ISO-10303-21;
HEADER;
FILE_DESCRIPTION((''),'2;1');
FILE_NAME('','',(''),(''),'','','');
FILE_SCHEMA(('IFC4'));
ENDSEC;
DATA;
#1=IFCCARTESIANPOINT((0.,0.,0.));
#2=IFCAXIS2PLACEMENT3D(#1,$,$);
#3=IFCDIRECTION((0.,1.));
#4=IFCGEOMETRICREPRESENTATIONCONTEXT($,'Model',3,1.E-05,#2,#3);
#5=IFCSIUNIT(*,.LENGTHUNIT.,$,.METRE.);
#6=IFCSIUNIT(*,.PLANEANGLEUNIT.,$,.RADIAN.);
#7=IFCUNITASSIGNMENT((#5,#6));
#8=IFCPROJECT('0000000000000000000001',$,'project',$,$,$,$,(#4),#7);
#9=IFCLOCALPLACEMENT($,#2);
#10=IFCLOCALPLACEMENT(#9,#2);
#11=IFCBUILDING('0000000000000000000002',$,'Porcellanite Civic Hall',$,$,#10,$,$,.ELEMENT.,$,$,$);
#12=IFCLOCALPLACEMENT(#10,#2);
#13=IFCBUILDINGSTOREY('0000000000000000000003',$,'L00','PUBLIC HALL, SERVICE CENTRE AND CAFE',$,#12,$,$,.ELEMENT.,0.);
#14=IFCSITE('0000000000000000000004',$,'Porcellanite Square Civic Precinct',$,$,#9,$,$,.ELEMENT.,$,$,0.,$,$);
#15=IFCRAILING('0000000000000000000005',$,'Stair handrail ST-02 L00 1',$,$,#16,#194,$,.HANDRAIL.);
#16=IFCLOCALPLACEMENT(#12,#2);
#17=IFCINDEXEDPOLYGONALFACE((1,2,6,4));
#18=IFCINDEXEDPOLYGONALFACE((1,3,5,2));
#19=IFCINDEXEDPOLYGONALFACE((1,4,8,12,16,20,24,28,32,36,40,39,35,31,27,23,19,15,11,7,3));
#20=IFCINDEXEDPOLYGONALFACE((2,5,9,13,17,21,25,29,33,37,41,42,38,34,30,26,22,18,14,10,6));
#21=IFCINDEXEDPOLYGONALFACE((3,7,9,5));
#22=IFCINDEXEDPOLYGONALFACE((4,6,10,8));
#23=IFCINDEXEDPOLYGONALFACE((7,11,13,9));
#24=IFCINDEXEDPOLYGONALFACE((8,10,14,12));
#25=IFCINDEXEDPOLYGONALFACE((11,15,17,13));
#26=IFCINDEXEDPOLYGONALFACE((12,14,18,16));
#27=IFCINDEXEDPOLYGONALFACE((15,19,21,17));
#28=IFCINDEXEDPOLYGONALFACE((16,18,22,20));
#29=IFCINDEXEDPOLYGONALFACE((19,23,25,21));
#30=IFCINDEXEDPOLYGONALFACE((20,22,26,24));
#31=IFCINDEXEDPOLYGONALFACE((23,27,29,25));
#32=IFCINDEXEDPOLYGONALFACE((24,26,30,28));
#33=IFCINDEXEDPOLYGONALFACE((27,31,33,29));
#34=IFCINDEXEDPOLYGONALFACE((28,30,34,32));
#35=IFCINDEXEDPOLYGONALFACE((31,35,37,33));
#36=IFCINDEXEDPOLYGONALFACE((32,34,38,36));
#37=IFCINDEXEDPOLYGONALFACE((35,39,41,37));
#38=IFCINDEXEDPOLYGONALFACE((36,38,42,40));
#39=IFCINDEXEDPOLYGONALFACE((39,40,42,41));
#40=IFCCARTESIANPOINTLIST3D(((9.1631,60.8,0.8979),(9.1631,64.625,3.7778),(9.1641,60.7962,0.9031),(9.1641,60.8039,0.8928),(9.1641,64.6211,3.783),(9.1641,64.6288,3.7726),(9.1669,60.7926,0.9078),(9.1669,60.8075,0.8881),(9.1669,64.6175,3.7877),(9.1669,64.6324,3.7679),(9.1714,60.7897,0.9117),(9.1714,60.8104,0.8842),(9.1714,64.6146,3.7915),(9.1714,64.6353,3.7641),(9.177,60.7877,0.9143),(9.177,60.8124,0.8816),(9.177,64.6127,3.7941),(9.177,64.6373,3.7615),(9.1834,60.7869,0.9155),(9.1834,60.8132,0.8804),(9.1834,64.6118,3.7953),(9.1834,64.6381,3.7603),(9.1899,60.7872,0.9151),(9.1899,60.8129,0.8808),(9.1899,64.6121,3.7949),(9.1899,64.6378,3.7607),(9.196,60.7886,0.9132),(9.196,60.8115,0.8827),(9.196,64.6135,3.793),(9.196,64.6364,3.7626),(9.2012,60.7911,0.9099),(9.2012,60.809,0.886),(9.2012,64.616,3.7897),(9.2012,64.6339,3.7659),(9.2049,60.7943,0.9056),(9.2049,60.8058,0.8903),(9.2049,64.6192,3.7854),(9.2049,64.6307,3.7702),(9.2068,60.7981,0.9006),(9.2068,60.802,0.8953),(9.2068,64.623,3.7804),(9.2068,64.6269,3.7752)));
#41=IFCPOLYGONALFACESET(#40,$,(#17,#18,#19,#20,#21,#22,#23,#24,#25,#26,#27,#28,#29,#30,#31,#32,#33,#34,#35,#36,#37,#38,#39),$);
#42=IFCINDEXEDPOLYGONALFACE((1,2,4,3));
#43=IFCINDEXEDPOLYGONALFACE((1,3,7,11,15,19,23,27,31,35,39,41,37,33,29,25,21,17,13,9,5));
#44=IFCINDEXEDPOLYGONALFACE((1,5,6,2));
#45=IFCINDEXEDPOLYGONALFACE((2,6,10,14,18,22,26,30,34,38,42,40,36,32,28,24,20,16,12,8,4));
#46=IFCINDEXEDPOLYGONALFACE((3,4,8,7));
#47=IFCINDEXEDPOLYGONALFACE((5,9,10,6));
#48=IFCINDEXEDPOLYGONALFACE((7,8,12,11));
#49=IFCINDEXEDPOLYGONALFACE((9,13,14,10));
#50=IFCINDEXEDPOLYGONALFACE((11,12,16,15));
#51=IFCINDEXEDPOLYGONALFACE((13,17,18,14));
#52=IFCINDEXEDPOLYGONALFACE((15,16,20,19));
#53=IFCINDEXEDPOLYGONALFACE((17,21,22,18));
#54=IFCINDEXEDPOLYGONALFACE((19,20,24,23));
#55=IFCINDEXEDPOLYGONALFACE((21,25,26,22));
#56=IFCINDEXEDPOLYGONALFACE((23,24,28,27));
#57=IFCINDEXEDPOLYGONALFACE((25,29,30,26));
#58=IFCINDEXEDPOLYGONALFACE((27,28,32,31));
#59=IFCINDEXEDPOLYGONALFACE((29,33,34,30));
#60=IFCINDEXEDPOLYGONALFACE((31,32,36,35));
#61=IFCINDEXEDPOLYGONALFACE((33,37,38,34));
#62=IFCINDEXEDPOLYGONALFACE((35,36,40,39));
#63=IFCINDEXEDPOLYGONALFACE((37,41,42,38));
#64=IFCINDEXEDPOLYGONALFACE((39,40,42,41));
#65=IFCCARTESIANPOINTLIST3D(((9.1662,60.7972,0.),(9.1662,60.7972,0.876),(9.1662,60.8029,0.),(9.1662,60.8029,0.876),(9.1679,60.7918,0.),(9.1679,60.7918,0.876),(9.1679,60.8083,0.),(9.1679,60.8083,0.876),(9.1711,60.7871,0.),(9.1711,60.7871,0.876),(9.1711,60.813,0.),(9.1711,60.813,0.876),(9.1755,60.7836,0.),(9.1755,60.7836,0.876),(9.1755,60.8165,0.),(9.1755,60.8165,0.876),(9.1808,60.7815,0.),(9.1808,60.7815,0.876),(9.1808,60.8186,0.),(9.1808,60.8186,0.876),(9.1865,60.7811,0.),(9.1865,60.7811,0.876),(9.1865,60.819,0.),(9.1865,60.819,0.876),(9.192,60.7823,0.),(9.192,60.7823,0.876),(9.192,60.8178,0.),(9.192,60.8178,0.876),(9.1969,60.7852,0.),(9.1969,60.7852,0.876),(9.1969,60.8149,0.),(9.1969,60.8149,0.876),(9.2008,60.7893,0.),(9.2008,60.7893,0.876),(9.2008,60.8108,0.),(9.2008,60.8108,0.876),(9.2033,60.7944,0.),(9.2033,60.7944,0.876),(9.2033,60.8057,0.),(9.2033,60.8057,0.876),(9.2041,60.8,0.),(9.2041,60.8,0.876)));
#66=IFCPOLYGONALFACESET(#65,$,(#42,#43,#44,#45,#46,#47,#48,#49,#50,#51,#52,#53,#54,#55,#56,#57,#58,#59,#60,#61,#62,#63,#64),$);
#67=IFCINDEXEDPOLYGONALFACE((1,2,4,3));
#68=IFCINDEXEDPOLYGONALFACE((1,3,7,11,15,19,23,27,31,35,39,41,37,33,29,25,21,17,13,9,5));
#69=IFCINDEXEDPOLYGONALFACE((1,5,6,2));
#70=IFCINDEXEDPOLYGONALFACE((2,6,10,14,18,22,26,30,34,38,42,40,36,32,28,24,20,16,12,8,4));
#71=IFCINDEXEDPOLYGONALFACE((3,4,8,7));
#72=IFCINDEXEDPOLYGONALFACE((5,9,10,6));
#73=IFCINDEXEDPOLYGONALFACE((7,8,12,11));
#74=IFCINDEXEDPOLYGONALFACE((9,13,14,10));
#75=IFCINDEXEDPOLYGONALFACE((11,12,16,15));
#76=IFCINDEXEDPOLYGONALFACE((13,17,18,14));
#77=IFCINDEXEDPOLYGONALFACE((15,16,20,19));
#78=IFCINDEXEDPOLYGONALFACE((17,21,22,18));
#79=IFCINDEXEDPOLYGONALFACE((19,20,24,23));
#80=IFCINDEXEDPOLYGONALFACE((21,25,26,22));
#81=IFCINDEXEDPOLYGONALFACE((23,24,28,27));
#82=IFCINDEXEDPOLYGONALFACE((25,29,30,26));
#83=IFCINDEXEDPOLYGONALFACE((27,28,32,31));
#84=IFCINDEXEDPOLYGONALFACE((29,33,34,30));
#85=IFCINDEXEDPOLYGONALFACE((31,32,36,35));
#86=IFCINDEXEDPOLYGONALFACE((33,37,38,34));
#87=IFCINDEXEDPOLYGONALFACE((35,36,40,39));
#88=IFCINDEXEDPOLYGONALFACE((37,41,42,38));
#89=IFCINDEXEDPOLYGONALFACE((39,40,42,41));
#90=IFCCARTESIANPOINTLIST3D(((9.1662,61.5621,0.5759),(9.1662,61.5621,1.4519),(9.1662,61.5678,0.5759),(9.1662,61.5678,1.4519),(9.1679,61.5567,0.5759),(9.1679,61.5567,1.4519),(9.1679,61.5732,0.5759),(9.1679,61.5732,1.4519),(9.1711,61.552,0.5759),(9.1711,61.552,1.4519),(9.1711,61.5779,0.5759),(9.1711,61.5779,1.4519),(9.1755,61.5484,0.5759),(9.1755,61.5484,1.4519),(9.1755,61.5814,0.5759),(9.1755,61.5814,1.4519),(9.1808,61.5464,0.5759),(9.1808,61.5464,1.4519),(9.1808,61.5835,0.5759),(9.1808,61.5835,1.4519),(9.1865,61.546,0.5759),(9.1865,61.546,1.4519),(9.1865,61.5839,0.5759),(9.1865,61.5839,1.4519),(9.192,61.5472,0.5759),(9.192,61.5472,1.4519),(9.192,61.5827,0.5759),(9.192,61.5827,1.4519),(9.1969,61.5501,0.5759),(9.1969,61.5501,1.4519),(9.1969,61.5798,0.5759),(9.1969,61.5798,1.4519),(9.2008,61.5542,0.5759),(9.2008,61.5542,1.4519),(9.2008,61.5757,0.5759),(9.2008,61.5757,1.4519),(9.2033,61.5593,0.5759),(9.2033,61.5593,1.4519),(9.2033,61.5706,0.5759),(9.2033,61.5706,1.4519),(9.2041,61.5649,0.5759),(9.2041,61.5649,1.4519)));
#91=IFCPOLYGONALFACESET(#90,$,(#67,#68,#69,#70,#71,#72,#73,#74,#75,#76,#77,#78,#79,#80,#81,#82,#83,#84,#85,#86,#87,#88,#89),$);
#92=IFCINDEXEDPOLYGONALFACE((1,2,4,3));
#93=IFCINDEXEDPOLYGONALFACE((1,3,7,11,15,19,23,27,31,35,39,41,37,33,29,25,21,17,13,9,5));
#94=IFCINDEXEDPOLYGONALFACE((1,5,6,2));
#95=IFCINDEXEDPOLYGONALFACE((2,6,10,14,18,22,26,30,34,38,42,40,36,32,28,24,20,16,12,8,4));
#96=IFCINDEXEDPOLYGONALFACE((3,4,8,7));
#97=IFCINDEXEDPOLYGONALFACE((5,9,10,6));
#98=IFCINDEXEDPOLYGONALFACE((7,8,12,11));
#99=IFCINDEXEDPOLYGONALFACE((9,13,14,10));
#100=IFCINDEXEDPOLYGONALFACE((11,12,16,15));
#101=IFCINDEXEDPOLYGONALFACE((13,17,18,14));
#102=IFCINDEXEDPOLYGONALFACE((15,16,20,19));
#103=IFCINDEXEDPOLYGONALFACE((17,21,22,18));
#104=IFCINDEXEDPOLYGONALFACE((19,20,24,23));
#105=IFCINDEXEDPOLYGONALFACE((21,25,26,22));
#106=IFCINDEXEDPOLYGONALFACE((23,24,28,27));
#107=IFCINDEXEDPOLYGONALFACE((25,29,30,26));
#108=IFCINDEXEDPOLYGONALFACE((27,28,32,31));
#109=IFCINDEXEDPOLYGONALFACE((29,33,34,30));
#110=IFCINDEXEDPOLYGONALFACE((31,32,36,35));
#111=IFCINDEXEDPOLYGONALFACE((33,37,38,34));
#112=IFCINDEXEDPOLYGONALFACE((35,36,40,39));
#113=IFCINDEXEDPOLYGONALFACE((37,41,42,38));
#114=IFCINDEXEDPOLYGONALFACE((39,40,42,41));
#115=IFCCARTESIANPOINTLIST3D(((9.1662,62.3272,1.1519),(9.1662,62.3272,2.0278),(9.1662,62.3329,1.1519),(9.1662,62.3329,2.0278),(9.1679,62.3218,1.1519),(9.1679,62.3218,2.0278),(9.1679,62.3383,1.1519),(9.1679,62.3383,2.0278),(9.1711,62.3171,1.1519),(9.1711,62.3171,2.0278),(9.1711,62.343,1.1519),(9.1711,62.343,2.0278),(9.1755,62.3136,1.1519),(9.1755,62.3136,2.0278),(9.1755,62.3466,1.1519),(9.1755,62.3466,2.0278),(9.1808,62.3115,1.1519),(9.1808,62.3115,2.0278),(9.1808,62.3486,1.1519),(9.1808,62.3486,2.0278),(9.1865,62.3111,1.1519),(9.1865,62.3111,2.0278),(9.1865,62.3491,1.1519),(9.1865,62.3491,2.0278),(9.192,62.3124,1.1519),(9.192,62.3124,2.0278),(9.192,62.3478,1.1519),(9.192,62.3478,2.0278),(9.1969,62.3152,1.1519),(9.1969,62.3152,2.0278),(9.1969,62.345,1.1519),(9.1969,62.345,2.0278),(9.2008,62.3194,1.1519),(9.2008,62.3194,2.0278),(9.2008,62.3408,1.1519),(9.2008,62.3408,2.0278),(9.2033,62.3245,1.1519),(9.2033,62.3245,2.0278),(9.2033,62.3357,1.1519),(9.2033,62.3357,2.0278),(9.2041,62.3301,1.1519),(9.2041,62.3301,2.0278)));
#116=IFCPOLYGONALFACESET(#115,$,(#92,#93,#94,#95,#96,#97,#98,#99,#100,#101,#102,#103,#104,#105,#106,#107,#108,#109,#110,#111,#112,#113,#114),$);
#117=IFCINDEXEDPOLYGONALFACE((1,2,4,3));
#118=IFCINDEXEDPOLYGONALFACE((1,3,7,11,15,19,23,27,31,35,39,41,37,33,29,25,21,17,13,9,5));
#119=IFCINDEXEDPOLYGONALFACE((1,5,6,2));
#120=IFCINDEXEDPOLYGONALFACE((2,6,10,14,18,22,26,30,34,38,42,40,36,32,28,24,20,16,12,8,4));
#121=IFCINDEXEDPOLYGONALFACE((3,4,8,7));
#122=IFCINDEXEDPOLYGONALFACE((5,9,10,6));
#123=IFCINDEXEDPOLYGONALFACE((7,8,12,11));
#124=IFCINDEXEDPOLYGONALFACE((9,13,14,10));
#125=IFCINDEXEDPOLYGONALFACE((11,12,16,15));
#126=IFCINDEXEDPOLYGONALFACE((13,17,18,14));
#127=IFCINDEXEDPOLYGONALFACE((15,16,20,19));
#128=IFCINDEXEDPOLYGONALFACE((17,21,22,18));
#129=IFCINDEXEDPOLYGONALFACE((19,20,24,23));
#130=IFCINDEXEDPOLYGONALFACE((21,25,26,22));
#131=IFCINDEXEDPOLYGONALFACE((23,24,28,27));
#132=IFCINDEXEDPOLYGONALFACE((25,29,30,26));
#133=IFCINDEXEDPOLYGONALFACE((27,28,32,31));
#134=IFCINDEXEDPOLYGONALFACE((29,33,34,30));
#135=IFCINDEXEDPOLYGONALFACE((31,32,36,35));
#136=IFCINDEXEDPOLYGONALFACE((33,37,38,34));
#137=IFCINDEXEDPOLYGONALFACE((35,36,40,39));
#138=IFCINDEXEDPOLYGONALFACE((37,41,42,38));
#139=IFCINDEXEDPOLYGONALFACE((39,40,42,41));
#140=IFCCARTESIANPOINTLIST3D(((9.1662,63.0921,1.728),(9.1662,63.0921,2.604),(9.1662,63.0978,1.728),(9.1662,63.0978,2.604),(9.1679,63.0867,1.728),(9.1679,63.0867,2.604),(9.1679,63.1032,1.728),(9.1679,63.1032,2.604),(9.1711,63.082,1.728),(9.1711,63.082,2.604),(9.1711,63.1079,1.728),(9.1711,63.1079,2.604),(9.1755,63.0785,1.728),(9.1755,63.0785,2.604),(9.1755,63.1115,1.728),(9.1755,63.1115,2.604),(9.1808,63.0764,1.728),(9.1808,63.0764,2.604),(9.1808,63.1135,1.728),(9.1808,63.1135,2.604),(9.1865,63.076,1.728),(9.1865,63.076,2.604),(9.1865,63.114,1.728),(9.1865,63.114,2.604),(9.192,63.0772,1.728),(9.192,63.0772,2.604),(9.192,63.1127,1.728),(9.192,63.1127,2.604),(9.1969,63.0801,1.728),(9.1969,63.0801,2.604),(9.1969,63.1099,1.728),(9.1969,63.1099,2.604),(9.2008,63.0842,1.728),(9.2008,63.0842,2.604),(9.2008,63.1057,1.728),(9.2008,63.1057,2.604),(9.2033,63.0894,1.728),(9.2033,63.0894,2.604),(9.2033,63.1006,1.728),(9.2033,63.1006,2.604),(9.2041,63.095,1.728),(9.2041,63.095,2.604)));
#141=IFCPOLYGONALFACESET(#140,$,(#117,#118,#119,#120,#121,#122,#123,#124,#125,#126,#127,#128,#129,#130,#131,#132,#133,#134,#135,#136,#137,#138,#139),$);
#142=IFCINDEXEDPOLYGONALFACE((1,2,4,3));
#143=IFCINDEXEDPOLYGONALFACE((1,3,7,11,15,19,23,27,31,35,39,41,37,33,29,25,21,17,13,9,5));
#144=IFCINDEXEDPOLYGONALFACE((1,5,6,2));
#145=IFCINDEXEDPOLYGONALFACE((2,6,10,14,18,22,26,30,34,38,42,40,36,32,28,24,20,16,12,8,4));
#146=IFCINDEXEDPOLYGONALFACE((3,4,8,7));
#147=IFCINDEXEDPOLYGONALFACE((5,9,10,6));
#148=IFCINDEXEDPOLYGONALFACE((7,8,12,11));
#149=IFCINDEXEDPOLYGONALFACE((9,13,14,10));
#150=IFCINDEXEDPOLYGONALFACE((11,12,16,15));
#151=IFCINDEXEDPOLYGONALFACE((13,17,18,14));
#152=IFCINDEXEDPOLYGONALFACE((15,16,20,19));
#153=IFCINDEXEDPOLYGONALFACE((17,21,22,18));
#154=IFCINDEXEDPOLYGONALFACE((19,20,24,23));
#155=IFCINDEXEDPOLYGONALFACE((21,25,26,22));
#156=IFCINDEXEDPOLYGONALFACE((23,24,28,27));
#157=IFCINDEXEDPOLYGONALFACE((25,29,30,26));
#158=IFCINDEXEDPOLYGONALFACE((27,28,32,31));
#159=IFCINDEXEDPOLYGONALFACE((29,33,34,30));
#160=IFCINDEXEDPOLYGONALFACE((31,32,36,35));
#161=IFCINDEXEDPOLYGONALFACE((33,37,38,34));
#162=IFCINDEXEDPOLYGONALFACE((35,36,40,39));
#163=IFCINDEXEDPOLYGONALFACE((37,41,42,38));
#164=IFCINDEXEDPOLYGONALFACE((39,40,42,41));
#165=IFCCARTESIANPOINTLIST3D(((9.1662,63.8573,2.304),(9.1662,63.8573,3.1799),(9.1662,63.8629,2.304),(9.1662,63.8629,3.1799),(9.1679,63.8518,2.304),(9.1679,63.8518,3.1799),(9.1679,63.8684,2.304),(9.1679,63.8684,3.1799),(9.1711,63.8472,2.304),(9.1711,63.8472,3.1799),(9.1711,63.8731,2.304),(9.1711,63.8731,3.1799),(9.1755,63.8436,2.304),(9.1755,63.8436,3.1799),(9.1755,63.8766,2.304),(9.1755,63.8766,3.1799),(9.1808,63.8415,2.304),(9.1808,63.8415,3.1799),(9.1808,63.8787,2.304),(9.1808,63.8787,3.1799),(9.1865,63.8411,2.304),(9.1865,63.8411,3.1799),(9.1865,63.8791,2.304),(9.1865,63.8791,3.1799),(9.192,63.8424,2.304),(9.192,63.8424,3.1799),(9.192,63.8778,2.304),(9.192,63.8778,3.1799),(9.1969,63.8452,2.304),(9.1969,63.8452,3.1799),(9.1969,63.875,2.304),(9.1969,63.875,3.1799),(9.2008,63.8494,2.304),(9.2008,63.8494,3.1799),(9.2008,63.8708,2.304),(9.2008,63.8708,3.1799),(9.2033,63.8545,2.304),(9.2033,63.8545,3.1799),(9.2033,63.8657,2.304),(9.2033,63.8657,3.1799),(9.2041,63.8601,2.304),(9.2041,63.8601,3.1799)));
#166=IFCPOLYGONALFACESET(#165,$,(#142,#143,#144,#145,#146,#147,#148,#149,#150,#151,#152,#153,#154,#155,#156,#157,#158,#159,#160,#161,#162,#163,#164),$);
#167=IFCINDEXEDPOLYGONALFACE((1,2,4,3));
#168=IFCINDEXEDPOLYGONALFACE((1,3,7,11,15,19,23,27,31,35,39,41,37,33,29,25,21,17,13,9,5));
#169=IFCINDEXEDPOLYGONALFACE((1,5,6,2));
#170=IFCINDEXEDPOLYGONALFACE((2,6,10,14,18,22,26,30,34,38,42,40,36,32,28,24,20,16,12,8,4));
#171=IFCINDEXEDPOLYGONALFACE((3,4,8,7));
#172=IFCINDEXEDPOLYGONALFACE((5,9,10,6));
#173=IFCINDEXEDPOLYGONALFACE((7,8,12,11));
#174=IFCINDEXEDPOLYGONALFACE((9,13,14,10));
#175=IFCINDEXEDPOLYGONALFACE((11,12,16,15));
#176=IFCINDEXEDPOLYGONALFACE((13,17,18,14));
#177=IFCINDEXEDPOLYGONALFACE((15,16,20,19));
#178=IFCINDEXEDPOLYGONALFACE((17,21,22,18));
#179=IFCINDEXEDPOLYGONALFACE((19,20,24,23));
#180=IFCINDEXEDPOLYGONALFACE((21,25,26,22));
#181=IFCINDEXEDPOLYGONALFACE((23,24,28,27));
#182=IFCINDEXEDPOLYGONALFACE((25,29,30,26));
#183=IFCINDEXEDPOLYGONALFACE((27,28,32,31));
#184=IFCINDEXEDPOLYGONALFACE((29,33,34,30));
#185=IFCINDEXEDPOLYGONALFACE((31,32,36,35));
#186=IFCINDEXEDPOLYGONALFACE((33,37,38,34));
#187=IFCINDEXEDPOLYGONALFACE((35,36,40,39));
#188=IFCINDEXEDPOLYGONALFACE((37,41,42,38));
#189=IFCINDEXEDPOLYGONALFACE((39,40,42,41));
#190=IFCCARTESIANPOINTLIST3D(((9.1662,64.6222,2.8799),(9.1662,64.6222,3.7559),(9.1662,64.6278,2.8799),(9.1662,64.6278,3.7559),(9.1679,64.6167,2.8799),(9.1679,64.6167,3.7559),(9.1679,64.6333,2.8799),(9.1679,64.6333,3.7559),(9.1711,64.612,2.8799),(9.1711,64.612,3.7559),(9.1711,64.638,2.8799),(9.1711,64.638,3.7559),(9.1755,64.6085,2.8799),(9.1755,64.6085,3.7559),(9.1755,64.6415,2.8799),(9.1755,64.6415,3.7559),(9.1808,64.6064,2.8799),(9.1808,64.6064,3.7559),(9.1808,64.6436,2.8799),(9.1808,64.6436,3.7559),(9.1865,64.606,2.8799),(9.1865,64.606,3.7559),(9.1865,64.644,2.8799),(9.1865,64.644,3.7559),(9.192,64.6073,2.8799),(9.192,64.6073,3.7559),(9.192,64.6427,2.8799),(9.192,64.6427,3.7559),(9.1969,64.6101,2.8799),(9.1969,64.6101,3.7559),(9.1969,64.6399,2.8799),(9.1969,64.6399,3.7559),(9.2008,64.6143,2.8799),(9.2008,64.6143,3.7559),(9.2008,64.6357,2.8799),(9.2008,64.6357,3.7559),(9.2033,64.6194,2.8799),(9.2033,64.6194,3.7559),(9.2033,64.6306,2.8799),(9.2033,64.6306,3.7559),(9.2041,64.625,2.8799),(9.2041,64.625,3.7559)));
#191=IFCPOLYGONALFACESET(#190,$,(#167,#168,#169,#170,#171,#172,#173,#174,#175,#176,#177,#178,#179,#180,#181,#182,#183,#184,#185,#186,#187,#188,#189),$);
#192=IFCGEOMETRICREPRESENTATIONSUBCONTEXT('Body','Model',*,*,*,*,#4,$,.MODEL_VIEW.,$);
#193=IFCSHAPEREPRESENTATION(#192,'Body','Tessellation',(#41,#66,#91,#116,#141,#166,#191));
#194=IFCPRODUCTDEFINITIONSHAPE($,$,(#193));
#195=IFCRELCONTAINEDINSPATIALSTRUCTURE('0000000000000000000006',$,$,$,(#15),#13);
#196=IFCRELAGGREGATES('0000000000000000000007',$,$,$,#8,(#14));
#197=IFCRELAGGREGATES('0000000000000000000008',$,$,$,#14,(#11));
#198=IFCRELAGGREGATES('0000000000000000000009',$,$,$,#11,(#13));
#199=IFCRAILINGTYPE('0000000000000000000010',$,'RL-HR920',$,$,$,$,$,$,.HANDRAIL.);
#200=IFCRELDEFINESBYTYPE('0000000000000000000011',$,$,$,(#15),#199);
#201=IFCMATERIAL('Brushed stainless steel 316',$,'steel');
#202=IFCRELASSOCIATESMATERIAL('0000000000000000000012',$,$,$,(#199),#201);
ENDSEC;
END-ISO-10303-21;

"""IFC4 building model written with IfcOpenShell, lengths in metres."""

from ifc_helpers import new_model, si_unit, direction, frame, origin, origin_2d, place, context, subcontext, project, spatial, circle, extrude, material, type_object, element, save


model = new_model("IFC4")

# Units and contexts
model_context = context("Model", 3, precision=1e-05, world=origin(), true_north=direction((0.0, 1.0)))
body_context = subcontext(model_context, "Body", "Model", "MODEL_VIEW")
ifc_project = project(units=[si_unit("LENGTHUNIT", "METRE"), si_unit("PLANEANGLEUNIT", "RADIAN")], contexts=[model_context])

# Site, building, storey
site_placement = place(None, origin())
site = spatial("IfcSite", under=ifc_project, at=site_placement, Name="Porcellanite Square Civic Precinct", CompositionType="ELEMENT", RefElevation=0.0)
building_placement = place(site_placement, origin())
building = spatial("IfcBuilding", under=site, at=building_placement, Name="Porcellanite Civic Hall", CompositionType="ELEMENT")
storey_placement = place(building_placement, origin())
storey = spatial("IfcBuildingStorey", under=building, at=storey_placement, Name="L00", Description="PUBLIC HALL, SERVICE CENTRE AND CAFE", CompositionType="ELEMENT", Elevation=0.0)

# Railing
ifc_material_1 = material(Name="Brushed stainless steel 316", Category="steel")
railing_type = type_object("IfcRailingType", Name="RL-HR920", PredefinedType="HANDRAIL", material=ifc_material_1)
railing_placement = place(storey_placement, frame((9.1851, 60.8, 0.0)))
element("IfcRailing", 1, at=railing_placement, inside=storey, type_object=railing_type, Name="Stair handrail ST-02 L00 1", PredefinedType="HANDRAIL", context=body_context, shape_type="SweptSolid", body=[
    extrude(circle(Radius=0.022, at=origin_2d()), frame((0.0, 0.0, 0.8979), z_axis=(0.0, 0.798879, 0.601492), x_axis=(-1.0, 0.0, 0.0)), (0.0, 0.0, 1.0), 4.7878),
    extrude(circle(Radius=0.019, at=origin_2d()), origin(), (0.0, 0.0, 1.0), 0.876),
    extrude(circle(Radius=0.019, at=origin_2d()), frame((0.0, 0.7649, 0.5759)), (0.0, 0.0, 1.0), 0.876),
    extrude(circle(Radius=0.019, at=origin_2d()), frame((0.0, 1.53, 1.1519)), (0.0, 0.0, 1.0), 0.876),
    extrude(circle(Radius=0.019, at=origin_2d()), frame((0.0, 2.2949, 1.728)), (0.0, 0.0, 1.0), 0.876),
    extrude(circle(Radius=0.019, at=origin_2d()), frame((0.0, 3.0601, 2.304)), (0.0, 0.0, 1.0), 0.876),
    extrude(circle(Radius=0.019, at=origin_2d()), frame((0.0, 3.825, 2.8799)), (0.0, 0.0, 1.0), 0.876),
])

save(model, "model.ifc")
